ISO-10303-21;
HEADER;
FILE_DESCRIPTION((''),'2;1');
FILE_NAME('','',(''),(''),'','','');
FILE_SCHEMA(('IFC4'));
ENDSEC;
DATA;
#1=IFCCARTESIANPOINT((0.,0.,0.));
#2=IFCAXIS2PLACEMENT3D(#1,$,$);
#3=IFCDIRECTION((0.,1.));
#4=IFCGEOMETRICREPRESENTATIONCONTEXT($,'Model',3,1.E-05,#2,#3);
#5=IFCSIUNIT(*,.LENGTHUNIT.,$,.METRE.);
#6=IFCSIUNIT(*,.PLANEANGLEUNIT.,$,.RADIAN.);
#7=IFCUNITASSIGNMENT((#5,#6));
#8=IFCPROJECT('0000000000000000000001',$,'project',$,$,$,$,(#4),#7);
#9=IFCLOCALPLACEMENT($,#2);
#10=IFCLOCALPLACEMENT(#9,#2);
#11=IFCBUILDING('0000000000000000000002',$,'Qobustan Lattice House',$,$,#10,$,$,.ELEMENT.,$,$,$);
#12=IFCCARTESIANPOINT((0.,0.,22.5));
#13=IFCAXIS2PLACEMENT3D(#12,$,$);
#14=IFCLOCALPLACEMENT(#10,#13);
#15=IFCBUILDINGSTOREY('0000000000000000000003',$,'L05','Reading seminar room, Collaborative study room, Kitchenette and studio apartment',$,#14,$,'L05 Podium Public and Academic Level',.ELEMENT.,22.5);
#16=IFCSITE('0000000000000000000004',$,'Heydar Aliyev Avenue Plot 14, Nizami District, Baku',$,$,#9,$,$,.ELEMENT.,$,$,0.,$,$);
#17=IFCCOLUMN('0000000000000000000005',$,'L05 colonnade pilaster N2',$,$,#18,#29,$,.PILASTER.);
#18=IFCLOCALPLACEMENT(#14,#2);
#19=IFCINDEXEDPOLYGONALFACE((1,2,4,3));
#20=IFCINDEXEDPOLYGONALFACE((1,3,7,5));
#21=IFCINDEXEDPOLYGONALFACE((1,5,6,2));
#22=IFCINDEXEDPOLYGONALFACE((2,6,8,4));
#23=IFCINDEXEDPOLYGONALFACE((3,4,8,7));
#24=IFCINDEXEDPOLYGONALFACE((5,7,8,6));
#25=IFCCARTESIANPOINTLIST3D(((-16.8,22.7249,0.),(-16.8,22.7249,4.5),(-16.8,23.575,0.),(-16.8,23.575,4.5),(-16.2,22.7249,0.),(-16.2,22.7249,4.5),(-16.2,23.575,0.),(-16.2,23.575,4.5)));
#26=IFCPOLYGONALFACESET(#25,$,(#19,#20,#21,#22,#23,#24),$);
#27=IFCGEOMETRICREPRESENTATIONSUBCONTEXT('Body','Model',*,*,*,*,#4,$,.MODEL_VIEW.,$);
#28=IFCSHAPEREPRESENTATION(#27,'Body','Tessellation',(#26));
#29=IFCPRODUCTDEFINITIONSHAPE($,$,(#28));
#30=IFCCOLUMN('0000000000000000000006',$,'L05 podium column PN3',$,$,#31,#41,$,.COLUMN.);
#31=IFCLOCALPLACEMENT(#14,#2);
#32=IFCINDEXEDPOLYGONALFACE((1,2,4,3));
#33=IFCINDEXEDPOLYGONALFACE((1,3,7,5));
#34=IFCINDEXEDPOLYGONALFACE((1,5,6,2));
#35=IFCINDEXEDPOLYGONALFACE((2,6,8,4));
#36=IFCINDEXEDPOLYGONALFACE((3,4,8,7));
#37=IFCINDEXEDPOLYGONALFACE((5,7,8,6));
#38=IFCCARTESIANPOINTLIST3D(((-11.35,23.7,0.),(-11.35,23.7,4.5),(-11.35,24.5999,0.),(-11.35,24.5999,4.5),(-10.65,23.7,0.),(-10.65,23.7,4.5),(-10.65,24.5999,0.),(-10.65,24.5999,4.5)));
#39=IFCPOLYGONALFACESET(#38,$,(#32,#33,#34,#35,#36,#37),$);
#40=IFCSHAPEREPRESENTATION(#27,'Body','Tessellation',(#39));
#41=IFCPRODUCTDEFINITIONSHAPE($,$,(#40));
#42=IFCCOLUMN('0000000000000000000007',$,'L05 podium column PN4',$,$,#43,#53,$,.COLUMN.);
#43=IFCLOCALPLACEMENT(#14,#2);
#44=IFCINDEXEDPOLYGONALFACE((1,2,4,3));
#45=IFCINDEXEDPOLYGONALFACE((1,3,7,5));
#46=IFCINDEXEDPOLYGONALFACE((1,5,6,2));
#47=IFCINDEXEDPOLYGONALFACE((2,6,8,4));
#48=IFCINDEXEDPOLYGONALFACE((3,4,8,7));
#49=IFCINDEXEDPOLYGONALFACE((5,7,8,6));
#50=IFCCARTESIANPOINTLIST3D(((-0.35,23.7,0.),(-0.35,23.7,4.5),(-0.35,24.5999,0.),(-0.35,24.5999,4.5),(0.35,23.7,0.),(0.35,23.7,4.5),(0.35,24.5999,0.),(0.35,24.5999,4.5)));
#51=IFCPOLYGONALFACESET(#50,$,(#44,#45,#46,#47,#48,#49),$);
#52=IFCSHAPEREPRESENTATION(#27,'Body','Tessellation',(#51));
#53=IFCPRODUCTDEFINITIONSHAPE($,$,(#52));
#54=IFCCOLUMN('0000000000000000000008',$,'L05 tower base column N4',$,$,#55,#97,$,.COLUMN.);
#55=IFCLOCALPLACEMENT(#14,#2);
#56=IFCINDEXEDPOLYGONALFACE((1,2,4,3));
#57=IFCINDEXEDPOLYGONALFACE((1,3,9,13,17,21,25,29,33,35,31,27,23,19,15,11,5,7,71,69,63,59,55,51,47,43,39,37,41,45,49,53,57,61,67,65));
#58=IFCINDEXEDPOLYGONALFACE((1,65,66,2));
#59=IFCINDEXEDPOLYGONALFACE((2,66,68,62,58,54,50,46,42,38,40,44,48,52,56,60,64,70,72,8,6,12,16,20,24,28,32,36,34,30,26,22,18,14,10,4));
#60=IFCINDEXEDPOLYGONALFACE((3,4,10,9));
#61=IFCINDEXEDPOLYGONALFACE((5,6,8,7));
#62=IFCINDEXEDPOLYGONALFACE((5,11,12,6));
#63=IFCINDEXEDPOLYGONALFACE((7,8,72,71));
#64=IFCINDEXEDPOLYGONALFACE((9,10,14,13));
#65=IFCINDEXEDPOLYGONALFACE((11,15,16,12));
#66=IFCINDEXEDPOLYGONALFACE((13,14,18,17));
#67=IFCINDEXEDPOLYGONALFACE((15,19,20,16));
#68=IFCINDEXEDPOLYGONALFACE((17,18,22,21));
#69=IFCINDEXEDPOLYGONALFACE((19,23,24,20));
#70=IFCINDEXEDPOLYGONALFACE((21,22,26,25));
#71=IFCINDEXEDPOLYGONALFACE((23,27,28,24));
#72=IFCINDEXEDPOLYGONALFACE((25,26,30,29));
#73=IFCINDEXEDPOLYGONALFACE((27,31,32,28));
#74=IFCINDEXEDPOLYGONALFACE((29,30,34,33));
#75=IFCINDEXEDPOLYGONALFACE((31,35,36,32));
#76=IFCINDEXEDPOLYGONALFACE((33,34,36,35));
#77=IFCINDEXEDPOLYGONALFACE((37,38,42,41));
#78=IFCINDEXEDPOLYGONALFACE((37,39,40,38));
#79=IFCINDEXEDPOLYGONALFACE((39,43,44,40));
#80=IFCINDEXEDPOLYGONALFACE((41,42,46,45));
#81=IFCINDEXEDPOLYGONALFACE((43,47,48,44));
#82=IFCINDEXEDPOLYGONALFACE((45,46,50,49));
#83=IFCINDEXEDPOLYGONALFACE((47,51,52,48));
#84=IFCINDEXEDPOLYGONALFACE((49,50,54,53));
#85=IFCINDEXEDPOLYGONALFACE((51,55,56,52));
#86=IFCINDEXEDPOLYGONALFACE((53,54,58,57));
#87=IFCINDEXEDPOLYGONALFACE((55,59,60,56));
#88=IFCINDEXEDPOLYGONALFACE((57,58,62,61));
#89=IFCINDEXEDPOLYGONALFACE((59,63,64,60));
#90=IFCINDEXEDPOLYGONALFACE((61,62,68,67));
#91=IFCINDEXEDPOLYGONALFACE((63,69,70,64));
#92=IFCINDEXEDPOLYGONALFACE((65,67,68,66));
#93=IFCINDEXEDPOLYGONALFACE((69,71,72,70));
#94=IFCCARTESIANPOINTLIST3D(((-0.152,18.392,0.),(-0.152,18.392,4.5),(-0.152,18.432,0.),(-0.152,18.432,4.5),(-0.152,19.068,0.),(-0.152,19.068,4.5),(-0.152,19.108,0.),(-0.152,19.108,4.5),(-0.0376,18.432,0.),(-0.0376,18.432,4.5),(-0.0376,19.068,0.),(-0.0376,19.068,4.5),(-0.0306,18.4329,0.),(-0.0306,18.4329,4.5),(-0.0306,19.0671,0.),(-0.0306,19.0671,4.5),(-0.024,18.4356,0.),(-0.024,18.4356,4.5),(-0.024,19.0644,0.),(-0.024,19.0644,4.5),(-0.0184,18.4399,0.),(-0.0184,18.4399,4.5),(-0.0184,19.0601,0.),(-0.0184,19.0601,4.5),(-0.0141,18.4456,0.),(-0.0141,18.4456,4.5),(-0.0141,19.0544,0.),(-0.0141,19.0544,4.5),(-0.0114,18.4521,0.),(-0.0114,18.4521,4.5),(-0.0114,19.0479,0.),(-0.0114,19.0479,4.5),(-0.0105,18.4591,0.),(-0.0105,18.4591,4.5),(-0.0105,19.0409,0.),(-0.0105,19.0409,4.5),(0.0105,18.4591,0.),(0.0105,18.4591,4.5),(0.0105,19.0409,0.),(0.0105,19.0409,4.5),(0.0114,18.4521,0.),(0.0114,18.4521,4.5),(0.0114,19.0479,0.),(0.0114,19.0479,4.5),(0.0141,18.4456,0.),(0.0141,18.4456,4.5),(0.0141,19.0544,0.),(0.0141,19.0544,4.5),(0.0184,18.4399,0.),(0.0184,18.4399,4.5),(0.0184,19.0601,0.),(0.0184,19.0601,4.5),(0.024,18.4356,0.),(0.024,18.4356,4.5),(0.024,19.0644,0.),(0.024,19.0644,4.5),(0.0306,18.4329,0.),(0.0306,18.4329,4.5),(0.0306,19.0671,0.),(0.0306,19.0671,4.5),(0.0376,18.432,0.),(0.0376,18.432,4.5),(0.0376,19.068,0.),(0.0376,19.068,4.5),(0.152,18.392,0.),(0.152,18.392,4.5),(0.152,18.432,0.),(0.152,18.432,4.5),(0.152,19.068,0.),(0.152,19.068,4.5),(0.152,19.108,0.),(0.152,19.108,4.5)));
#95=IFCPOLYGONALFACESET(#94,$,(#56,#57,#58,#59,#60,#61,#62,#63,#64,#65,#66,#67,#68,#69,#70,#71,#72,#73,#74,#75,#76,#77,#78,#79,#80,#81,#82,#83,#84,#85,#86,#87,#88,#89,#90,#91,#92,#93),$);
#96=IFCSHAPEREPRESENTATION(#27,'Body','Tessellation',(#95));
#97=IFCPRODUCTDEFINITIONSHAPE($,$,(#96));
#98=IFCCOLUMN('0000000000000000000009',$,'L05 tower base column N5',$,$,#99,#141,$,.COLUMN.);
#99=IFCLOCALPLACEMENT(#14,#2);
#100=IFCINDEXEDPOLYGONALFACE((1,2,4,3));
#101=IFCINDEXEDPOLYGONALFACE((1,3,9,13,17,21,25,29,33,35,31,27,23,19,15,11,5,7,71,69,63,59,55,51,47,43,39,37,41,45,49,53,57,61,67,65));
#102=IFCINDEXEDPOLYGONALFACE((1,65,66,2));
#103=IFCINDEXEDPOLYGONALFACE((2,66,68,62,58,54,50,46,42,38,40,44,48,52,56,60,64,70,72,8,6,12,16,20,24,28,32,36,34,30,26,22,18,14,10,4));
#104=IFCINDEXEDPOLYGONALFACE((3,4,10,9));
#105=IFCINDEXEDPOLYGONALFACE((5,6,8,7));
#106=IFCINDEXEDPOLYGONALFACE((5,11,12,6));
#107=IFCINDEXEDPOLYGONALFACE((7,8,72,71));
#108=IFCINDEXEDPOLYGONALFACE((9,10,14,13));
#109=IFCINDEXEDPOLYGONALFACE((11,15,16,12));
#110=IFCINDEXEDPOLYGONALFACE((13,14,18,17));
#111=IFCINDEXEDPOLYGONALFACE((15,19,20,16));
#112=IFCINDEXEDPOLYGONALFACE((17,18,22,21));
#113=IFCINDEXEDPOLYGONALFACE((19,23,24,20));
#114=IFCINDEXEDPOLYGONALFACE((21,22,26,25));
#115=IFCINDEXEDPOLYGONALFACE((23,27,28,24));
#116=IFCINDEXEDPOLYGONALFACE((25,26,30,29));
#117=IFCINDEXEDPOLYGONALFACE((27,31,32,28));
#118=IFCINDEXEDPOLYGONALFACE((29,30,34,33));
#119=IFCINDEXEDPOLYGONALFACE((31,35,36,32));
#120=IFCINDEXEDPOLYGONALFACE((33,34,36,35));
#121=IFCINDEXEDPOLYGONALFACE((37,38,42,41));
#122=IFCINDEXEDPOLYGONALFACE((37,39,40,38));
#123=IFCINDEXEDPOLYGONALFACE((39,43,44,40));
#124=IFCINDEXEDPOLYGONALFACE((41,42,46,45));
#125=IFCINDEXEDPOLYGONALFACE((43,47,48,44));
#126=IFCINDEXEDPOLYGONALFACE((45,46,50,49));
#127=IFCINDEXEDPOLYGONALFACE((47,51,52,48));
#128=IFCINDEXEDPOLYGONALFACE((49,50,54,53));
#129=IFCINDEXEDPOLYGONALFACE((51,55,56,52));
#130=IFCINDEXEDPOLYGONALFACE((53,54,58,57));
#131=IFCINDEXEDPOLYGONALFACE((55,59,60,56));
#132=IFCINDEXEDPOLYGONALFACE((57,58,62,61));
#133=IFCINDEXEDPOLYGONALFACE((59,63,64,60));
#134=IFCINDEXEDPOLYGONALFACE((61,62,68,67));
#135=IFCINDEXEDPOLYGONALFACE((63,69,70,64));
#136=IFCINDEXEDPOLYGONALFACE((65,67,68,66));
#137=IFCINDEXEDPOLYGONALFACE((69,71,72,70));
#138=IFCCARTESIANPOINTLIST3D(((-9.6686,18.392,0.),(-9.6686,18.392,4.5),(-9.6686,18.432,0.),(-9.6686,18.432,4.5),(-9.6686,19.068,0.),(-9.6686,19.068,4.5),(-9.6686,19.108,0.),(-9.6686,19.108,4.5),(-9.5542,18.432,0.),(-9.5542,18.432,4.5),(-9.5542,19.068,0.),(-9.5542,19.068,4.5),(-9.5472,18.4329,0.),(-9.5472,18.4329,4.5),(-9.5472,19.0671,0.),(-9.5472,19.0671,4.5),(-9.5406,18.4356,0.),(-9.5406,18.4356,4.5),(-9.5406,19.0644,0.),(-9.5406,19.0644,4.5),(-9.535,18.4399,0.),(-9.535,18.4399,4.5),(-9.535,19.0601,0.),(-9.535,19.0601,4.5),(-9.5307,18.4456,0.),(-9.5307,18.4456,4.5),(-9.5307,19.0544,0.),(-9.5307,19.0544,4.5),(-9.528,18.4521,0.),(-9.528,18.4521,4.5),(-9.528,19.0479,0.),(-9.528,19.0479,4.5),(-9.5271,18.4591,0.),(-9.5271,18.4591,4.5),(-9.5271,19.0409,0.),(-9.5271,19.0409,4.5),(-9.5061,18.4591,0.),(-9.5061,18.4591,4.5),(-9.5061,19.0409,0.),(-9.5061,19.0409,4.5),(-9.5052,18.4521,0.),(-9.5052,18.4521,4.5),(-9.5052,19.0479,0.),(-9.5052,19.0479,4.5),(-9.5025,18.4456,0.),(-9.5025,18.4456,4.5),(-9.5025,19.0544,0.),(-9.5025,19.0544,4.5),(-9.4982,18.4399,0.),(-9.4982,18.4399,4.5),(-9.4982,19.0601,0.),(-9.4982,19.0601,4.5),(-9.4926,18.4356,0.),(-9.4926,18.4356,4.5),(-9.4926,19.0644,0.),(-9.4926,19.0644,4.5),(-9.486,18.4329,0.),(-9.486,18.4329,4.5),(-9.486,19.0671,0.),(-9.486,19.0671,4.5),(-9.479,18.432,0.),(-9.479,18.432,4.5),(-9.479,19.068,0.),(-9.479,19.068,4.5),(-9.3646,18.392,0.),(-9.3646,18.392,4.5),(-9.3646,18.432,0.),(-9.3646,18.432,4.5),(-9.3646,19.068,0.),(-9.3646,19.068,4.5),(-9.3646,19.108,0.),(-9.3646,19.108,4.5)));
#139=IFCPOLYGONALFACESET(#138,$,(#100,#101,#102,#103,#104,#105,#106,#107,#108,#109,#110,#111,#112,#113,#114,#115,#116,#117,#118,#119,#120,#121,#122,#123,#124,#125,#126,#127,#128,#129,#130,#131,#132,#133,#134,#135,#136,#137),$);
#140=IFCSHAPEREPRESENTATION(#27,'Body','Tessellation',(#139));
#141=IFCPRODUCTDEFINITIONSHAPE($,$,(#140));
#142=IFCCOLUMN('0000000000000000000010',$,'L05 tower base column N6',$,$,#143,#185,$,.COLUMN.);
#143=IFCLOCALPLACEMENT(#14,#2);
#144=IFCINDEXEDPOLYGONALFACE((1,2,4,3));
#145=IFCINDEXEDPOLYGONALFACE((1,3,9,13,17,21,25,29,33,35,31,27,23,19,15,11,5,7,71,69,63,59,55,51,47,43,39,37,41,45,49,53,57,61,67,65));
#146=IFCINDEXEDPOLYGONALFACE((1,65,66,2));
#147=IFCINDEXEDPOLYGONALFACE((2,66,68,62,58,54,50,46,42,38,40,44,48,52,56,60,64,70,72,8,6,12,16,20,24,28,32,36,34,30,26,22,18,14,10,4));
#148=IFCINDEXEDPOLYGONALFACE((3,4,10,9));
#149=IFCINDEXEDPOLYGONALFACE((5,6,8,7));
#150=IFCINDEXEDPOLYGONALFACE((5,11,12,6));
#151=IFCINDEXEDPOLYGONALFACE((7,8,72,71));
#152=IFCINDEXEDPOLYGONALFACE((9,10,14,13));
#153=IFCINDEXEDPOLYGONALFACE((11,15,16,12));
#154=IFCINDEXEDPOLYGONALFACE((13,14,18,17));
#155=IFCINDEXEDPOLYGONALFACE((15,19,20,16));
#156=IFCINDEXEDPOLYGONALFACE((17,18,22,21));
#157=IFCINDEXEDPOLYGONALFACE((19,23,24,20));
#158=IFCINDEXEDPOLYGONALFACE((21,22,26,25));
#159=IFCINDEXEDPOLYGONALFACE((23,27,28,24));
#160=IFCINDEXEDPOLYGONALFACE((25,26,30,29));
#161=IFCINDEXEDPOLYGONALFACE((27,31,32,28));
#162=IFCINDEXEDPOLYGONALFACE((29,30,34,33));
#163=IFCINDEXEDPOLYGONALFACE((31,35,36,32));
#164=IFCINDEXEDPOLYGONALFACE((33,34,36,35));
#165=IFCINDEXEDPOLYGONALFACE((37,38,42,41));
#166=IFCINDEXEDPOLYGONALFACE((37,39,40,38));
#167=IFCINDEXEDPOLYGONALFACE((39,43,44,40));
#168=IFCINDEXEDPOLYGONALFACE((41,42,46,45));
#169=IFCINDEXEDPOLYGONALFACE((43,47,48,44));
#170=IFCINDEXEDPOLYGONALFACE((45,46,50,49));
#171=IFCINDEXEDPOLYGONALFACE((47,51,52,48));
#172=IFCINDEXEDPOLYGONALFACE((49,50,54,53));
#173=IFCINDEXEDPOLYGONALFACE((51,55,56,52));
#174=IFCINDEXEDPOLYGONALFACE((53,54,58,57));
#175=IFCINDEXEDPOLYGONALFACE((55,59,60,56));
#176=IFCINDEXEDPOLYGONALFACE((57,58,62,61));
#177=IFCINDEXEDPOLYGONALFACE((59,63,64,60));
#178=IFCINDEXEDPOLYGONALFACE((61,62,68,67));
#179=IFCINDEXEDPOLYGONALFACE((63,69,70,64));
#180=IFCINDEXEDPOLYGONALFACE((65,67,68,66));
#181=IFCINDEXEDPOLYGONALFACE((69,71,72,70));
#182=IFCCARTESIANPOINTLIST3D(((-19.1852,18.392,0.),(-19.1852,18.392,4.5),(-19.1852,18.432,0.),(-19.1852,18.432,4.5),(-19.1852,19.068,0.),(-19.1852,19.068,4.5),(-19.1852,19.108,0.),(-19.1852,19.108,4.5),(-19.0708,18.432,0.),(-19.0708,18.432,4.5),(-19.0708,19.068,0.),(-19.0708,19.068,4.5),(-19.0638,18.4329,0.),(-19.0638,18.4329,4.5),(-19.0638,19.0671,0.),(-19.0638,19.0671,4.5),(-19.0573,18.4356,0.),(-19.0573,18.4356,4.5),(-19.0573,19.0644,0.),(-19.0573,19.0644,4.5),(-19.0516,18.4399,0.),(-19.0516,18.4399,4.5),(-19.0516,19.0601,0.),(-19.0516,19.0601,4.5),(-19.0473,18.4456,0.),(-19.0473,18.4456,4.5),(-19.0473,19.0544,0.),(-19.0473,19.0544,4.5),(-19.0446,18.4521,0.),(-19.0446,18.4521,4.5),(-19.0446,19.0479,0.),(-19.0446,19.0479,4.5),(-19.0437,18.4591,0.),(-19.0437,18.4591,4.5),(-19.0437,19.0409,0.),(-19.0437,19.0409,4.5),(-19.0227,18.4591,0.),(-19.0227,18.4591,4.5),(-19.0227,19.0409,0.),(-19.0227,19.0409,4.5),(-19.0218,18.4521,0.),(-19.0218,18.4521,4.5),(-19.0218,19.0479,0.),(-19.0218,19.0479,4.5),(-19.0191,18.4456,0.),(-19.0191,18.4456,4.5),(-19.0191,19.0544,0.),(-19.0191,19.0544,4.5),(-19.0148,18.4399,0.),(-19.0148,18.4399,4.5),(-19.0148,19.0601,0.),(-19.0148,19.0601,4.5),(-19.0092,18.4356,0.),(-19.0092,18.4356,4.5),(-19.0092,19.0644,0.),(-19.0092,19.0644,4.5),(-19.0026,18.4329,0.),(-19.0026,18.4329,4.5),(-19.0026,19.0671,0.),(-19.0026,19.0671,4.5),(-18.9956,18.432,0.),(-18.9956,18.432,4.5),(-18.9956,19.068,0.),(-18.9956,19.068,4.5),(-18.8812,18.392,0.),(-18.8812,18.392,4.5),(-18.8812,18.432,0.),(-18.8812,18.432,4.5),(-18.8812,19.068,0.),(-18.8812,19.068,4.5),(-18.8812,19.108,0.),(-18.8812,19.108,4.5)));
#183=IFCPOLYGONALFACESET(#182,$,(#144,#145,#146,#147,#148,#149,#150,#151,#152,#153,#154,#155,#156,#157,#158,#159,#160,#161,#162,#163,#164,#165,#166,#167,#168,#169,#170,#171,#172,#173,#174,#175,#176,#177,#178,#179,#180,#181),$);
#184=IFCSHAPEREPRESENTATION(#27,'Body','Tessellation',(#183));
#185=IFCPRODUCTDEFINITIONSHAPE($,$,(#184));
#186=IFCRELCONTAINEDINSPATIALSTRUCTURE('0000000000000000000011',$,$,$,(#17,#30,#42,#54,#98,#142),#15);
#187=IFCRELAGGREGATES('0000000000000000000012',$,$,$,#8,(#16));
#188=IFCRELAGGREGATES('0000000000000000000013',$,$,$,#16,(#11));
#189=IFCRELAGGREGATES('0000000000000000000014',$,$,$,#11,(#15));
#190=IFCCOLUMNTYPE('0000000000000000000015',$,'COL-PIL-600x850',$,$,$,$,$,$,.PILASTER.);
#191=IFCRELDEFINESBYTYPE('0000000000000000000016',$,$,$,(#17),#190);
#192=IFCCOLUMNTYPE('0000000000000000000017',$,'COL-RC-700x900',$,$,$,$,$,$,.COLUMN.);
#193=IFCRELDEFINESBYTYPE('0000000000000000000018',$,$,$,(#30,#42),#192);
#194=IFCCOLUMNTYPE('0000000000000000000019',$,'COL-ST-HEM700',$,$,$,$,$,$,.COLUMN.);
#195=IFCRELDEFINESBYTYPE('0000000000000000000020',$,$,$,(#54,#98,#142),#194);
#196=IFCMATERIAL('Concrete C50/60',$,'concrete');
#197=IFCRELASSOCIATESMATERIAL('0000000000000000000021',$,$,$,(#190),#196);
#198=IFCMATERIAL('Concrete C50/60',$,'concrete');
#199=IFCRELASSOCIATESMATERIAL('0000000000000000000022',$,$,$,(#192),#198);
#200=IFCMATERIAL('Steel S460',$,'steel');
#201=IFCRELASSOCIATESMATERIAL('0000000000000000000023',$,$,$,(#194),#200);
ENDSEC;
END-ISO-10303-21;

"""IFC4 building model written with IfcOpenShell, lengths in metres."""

from ifc_helpers import new_model, si_unit, direction, frame, origin, origin_2d, place, context, subcontext, project, spatial, rectangle, i_section, extrude, material, material_profile, profile_set, type_object, element, save


model = new_model("IFC4")

# Units and contexts
model_context = context("Model", 3, precision=1e-05, world=origin(), true_north=direction((0.0, 1.0)))
body_context = subcontext(model_context, "Body", "Model", "MODEL_VIEW")
ifc_project = project(units=[si_unit("LENGTHUNIT", "METRE"), si_unit("PLANEANGLEUNIT", "RADIAN")], contexts=[model_context])

# Site, building, storey
site_placement = place(None, origin())
site = spatial("IfcSite", under=ifc_project, at=site_placement, Name="Heydar Aliyev Avenue Plot 14, Nizami District, Baku", CompositionType="ELEMENT", RefElevation=0.0)
building_placement = place(site_placement, origin())
building = spatial("IfcBuilding", under=site, at=building_placement, Name="Qobustan Lattice House", CompositionType="ELEMENT")
storey_placement = place(building_placement, frame((0.0, 0.0, 22.5)))
storey = spatial("IfcBuildingStorey", under=building, at=storey_placement, Name="L05", Description="Reading seminar room, Collaborative study room, Kitchenette and studio apartment", LongName="L05 Podium Public and Academic Level", CompositionType="ELEMENT", Elevation=22.5)

# Columns
ifc_material_1 = material(Name="Concrete C50/60", Category="concrete")
ifc_material_profile_1 = material_profile(ifc_material_1, rectangle(XDim=0.6001, YDim=0.8501, at=origin_2d()), Name="RC600x850")
ifc_profile_set_1 = profile_set([ifc_material_profile_1], Name="Concrete C50/60")
column_type_1 = type_object("IfcColumnType", Name="COL-PIL-600x850", PredefinedType="PILASTER", material=ifc_profile_set_1)
column_placement = place(storey_placement, frame((-16.5, 23.1499, 0.0), z_axis=(0.0, 0.0, 1.0), x_axis=(1.0, 0.0, 0.0)))
element("IfcColumn", 1, at=column_placement, inside=storey, type_object=column_type_1, Name="L05 colonnade pilaster N2", PredefinedType="PILASTER", context=body_context, shape_type="SweptSolid", body=[
    extrude(rectangle(XDim=0.6001, YDim=0.8501, at=origin_2d()), origin(), (0.0, 0.0, 1.0), 4.5),
])
ifc_material_2 = material(Name="Concrete C50/60", Category="concrete")
ifc_material_profile_2 = material_profile(ifc_material_2, rectangle(XDim=0.7, YDim=0.8999, at=origin_2d()), Name="RC700x900")
ifc_profile_set_2 = profile_set([ifc_material_profile_2], Name="Concrete C50/60")
column_type_2 = type_object("IfcColumnType", Name="COL-RC-700x900", PredefinedType="COLUMN", material=ifc_profile_set_2)
for number, where, z_axis, x_axis, name in (
    (2, (-11.0, 24.1499, 0.0), (0.0, 0.0, 1.0), (1.0, 0.0, 0.0), "L05 podium column PN3"),
    (3, (0.0, 24.1499, 0.0), (0.0, 0.0, 1.0), (1.0, 0.0, 0.0), "L05 podium column PN4"),
):
    element("IfcColumn", number, at=place(storey_placement, frame(where, z_axis=z_axis, x_axis=x_axis)), inside=storey, type_object=column_type_2, Name=name, PredefinedType="COLUMN", context=body_context, shape_type="SweptSolid", body=[
        extrude(rectangle(XDim=0.7, YDim=0.8999, at=origin_2d()), origin(), (0.0, 0.0, 1.0), 4.5),
    ])
ifc_material_3 = material(Name="Steel S460", Category="steel")
ifc_material_profile_3 = material_profile(ifc_material_3, i_section(OverallWidth=0.304, OverallDepth=0.7161, WebThickness=0.021, FlangeThickness=0.04, FilletRadius=0.0271, at=origin_2d()), Name="HEM700")
ifc_profile_set_3 = profile_set([ifc_material_profile_3], Name="Steel S460")
column_type_3 = type_object("IfcColumnType", Name="COL-ST-HEM700", PredefinedType="COLUMN", material=ifc_profile_set_3)
for number, where, z_axis, x_axis, name in (
    (4, (0.0, 18.75, 0.0), (0.0, 0.0, 1.0), (1.0, 0.0, 0.0), "L05 tower base column N4"),
    (5, (-9.5166, 18.75, 0.0), (0.0, 0.0, 1.0), (1.0, 0.0, 0.0), "L05 tower base column N5"),
    (6, (-19.0332, 18.75, 0.0), (0.0, 0.0, 1.0), (1.0, 0.0, 0.0), "L05 tower base column N6"),
):
    element("IfcColumn", number, at=place(storey_placement, frame(where, z_axis=z_axis, x_axis=x_axis)), inside=storey, type_object=column_type_3, Name=name, PredefinedType="COLUMN", context=body_context, shape_type="SweptSolid", body=[
        extrude(i_section(OverallWidth=0.304, OverallDepth=0.7161, WebThickness=0.021, FlangeThickness=0.04, FilletRadius=0.0271, at=origin_2d()), origin(), (0.0, 0.0, 1.0), 4.5),
    ])

save(model, "model.ifc")
